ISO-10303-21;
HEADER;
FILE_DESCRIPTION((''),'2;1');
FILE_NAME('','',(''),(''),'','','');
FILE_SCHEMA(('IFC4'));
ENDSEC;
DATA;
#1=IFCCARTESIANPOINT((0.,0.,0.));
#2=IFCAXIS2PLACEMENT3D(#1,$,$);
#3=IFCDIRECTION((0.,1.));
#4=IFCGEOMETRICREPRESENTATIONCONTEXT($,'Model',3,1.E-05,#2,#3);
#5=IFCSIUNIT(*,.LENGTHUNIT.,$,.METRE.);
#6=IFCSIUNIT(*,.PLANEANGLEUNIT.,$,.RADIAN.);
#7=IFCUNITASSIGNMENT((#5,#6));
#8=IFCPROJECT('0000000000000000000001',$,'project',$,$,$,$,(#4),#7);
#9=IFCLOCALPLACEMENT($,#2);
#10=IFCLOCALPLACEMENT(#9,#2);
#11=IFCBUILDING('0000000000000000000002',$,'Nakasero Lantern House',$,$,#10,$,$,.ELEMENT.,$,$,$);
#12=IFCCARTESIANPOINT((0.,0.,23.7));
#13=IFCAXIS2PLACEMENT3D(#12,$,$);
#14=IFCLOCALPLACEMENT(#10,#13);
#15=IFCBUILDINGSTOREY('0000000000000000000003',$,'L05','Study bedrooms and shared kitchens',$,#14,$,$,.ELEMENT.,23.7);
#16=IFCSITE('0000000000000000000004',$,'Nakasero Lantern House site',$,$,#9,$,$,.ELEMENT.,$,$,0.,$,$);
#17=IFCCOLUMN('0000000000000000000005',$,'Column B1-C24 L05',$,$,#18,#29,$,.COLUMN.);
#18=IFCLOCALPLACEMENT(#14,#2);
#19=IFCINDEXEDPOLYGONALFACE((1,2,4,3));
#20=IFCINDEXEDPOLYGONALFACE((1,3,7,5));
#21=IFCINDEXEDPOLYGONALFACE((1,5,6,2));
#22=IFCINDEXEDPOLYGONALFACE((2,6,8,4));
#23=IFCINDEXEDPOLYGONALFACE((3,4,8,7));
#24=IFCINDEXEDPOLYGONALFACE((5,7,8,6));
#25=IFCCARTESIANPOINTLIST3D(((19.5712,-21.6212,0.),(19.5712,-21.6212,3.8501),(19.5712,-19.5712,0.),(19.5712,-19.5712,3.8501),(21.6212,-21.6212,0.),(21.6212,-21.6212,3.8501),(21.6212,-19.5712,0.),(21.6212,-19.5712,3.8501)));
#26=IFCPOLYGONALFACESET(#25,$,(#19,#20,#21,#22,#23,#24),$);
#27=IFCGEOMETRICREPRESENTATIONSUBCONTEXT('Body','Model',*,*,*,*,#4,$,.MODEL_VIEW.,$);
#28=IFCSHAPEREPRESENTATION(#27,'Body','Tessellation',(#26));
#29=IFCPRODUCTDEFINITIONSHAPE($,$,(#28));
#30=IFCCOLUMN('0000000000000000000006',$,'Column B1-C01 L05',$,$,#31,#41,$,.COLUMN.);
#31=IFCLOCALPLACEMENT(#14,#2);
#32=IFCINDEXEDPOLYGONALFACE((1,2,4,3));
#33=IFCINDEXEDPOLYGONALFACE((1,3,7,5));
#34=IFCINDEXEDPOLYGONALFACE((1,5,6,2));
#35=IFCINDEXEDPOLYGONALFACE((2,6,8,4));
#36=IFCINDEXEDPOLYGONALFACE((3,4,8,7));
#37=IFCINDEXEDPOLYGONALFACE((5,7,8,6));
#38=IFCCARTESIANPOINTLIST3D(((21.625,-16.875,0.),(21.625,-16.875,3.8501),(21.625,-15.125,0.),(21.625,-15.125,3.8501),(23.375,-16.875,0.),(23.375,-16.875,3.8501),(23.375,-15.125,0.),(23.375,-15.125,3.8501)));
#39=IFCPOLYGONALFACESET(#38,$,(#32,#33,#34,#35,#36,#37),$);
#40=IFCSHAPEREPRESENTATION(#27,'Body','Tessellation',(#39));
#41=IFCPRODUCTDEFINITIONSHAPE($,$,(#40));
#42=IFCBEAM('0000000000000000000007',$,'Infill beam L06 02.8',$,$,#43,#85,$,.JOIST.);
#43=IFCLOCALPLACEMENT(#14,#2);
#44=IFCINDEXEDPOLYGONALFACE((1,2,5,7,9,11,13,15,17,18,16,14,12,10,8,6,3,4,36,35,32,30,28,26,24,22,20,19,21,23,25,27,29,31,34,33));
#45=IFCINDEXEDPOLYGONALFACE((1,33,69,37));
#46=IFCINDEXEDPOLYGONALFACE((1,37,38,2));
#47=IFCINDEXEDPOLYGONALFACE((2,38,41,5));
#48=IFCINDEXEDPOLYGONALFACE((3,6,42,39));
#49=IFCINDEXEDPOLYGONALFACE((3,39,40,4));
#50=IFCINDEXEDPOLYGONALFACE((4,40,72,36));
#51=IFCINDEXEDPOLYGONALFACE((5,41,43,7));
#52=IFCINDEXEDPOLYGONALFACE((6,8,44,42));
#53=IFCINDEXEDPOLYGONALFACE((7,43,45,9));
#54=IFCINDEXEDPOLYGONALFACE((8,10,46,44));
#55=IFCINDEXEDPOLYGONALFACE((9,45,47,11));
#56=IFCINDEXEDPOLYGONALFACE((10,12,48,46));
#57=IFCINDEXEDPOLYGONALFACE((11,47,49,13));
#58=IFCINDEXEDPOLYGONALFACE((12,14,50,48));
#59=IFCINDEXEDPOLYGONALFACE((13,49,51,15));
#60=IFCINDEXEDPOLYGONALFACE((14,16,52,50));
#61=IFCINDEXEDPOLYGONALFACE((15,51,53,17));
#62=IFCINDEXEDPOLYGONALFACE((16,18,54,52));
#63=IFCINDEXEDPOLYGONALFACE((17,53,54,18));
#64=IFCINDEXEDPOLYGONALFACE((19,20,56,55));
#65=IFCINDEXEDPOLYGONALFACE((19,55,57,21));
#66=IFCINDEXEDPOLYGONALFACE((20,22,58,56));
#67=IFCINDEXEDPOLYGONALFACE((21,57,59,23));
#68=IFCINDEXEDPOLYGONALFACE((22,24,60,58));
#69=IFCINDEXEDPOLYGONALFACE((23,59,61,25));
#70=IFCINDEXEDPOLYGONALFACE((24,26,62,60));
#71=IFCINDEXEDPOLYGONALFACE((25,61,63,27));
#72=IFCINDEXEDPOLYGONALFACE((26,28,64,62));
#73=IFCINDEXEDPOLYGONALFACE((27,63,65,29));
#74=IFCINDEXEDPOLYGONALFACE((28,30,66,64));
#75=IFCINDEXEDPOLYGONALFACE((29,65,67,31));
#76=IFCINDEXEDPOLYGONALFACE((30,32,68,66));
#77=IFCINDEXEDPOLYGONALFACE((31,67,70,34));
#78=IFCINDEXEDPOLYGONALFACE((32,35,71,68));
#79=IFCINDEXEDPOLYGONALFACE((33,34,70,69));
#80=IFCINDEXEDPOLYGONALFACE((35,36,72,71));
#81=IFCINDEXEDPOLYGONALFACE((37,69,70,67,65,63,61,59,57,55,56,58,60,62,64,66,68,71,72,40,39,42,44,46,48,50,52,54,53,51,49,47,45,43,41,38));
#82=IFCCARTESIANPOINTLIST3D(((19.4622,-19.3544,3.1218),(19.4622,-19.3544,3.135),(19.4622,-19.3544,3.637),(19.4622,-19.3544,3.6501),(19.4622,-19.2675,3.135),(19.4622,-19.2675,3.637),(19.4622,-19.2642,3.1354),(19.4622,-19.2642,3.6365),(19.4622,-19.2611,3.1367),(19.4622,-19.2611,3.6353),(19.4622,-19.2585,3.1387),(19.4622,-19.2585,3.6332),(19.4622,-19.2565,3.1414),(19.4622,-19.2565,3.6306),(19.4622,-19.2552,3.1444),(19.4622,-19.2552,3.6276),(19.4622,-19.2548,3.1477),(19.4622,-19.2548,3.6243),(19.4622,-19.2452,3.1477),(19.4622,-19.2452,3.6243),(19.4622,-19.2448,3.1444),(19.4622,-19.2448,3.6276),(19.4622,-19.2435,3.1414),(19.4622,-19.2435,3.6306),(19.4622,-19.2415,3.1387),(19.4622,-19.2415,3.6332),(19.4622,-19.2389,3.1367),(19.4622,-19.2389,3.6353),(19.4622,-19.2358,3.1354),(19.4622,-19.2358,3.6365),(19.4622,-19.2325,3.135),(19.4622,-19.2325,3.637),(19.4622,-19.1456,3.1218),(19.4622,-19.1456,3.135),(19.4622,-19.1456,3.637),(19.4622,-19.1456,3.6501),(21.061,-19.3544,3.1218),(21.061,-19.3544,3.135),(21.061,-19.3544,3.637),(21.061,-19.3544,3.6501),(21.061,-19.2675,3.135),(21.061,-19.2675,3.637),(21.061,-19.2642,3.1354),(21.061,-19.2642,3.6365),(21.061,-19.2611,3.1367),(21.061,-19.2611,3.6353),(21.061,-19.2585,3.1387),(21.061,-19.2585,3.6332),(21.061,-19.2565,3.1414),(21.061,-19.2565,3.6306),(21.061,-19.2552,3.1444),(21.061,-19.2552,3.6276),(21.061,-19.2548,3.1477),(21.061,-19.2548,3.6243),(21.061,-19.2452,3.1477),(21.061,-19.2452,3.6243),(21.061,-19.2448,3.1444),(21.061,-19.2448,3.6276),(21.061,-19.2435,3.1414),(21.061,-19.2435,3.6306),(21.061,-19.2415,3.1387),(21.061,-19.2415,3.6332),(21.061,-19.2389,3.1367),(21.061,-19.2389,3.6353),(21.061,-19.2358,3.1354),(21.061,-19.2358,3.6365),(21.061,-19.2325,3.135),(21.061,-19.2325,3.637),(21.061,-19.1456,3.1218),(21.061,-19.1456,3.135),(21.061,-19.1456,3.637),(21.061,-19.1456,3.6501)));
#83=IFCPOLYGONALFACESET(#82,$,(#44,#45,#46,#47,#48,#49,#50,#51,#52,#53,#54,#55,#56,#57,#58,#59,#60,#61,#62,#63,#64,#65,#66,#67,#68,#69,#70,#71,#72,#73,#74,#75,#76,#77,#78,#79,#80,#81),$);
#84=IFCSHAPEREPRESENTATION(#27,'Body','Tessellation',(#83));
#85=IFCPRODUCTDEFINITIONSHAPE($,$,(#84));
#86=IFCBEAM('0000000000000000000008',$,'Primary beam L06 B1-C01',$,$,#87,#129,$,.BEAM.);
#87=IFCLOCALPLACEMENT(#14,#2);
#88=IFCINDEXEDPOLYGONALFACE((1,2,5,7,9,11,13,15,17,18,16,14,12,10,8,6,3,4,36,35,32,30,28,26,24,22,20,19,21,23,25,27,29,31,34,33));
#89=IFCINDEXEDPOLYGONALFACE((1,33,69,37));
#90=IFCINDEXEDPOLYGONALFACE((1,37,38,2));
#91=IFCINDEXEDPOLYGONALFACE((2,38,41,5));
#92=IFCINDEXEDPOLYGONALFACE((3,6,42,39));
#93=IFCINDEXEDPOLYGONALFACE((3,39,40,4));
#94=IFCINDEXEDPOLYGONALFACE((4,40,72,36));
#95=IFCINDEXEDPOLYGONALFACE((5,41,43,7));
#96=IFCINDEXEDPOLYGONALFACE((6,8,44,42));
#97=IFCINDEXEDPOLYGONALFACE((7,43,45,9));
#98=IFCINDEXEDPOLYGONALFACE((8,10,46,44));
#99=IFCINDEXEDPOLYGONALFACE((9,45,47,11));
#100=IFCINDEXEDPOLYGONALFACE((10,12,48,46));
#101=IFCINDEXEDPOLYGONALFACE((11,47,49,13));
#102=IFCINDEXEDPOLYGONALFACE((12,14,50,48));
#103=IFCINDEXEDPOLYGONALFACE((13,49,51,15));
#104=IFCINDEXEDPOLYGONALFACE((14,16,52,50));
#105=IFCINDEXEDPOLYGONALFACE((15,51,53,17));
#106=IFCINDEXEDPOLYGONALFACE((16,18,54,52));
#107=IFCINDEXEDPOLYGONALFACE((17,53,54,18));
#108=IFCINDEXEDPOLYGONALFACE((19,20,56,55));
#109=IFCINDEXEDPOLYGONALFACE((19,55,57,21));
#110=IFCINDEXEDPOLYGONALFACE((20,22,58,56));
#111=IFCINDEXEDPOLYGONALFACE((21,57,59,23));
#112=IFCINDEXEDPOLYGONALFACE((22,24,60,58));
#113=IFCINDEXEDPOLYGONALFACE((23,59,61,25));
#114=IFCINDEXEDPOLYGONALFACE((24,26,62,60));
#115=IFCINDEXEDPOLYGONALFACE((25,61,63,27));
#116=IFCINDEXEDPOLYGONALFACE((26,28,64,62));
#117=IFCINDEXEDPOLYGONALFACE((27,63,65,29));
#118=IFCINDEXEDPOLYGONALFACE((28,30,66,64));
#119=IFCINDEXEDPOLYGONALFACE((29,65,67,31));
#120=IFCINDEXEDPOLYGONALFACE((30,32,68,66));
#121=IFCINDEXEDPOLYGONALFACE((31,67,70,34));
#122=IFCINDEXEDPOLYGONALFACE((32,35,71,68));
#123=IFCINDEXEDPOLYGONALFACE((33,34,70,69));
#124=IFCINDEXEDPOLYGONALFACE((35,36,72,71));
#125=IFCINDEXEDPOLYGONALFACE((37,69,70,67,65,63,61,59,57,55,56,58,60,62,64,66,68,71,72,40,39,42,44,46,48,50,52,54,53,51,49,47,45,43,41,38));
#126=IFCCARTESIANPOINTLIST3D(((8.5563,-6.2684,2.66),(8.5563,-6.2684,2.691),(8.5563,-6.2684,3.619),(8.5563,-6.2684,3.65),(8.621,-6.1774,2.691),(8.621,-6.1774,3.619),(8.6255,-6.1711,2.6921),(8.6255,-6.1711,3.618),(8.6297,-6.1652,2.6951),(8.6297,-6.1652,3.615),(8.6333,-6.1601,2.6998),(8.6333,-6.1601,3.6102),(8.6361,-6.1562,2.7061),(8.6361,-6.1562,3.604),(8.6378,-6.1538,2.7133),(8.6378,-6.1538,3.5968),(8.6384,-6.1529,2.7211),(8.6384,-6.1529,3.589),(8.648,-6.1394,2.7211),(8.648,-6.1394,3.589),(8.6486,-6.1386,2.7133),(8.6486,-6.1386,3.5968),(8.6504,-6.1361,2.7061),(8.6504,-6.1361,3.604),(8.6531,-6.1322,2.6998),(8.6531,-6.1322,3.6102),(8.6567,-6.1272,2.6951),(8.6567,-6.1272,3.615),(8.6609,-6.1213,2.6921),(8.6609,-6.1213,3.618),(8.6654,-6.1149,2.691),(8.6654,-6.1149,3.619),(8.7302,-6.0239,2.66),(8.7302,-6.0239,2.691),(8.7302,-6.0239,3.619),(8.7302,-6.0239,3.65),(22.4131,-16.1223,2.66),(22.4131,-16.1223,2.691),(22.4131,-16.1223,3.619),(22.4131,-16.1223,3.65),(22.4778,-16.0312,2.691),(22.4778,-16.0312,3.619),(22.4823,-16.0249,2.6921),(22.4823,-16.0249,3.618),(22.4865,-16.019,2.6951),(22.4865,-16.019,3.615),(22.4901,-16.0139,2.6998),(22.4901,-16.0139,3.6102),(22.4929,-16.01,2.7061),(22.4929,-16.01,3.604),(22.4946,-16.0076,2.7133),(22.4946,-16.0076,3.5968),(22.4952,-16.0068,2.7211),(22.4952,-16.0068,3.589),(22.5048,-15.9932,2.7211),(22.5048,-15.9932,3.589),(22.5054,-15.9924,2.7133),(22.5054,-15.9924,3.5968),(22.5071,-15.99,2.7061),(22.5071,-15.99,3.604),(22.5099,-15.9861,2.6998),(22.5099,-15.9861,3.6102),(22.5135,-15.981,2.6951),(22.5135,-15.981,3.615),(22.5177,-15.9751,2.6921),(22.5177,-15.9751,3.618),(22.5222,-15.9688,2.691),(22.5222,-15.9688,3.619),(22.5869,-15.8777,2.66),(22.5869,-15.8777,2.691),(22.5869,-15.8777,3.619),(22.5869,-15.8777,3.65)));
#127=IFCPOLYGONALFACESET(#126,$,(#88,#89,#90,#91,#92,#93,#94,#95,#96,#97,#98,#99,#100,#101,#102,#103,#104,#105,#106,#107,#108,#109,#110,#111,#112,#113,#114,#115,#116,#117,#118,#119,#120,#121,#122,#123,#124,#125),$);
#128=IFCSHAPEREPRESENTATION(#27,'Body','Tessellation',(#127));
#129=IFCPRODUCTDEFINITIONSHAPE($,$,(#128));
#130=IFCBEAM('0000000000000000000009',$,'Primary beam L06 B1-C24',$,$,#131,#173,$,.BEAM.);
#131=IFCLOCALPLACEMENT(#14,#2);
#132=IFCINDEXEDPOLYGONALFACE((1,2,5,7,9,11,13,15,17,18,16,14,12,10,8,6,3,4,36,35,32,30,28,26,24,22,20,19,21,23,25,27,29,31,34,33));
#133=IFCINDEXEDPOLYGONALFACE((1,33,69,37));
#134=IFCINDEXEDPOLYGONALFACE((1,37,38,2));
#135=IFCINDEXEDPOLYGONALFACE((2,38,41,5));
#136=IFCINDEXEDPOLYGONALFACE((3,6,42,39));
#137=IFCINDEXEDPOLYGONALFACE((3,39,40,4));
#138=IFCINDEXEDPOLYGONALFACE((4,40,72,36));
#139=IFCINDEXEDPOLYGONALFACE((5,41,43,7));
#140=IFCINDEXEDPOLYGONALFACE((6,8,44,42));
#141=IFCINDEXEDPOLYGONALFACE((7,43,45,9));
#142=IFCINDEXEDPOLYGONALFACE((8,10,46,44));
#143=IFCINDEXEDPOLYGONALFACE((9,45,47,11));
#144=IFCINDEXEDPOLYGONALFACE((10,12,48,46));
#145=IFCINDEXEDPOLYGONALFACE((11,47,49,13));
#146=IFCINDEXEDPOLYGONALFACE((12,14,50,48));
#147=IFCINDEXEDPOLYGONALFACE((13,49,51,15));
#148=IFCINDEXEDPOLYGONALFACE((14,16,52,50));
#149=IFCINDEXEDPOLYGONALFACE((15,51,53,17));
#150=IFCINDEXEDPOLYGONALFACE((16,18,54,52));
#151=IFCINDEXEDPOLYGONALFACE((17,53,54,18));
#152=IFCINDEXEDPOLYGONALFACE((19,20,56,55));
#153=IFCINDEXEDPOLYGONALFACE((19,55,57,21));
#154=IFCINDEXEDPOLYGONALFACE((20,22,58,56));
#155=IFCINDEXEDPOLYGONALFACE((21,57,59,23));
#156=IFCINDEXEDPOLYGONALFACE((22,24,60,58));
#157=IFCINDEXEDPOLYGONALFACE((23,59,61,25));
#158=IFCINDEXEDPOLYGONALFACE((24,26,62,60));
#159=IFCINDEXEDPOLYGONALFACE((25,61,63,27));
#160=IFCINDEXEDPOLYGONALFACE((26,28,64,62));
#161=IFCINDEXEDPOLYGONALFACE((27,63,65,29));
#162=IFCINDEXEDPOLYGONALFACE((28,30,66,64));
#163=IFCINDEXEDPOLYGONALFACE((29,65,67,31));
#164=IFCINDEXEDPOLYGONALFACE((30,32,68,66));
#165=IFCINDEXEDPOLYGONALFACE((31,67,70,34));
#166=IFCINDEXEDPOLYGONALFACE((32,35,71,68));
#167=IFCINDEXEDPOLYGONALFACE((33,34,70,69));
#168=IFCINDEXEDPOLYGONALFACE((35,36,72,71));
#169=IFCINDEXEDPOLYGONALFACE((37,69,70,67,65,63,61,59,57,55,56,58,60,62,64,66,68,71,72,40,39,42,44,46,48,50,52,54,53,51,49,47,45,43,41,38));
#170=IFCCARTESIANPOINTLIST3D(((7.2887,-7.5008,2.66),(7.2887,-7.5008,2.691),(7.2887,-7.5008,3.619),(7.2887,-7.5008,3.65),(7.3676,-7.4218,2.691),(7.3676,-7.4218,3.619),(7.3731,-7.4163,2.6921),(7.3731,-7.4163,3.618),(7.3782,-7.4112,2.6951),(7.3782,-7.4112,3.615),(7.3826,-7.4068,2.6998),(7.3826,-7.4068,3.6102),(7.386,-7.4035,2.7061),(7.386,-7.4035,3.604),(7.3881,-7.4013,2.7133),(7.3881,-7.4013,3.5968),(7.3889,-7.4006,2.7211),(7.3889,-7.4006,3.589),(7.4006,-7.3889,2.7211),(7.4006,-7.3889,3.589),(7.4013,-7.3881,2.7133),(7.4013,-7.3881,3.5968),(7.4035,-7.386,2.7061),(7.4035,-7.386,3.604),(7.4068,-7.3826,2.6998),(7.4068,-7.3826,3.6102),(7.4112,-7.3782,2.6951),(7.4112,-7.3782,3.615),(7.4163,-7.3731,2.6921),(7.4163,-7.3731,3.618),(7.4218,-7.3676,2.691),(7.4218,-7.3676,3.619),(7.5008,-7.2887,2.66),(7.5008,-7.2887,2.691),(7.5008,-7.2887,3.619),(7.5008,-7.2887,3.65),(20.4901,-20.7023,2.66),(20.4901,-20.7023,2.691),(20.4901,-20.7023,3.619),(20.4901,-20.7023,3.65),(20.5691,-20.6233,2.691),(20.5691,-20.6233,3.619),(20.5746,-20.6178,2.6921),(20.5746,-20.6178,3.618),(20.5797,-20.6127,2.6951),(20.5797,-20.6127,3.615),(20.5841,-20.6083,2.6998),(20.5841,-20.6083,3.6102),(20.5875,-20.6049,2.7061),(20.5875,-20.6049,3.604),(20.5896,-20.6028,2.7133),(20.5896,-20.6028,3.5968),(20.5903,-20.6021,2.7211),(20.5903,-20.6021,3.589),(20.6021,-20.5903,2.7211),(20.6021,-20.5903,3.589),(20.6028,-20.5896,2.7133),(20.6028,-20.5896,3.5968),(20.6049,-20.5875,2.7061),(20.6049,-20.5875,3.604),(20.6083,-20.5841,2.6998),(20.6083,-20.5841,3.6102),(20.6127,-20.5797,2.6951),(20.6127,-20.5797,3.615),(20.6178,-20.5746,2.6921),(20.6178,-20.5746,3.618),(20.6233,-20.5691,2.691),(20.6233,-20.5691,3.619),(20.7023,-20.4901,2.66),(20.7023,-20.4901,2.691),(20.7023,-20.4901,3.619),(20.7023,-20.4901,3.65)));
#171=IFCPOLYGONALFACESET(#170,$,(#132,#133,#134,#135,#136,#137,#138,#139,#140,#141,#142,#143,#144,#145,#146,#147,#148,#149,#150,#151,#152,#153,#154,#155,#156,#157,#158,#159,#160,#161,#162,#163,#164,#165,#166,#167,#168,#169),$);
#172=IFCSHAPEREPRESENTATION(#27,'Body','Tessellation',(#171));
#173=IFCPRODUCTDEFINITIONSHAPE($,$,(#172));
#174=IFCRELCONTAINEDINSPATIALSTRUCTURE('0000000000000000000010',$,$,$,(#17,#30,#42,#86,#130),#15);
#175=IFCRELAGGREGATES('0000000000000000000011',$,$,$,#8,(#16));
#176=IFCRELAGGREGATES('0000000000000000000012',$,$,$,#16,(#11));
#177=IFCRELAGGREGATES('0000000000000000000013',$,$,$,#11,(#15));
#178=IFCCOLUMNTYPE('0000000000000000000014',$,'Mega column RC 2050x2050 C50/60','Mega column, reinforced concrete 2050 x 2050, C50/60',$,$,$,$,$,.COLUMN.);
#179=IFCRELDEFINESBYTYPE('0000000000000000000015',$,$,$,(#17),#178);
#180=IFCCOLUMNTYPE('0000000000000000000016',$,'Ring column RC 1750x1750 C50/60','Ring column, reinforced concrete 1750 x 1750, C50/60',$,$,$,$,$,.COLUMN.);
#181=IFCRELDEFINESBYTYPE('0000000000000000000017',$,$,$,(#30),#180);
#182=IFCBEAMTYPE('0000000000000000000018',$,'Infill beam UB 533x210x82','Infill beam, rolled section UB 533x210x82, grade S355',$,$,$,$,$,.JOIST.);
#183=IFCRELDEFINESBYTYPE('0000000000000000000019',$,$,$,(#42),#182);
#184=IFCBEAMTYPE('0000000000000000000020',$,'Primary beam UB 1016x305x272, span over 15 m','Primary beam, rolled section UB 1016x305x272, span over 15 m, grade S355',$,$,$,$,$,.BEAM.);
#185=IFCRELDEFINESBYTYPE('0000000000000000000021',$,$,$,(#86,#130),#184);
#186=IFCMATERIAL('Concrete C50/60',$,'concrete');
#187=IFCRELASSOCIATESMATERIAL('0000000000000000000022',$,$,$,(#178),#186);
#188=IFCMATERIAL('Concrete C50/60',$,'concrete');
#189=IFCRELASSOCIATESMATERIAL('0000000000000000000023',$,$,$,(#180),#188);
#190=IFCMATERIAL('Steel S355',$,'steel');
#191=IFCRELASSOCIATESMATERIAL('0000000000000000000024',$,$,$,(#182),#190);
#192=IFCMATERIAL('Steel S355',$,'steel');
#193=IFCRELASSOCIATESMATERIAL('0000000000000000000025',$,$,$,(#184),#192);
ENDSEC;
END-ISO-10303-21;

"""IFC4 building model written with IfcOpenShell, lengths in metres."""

from ifc_helpers import new_model, si_unit, direction, frame, origin, origin_2d, place, context, subcontext, project, spatial, rectangle, i_section, extrude, material, material_profile, profile_set, type_object, element, save


model = new_model("IFC4")

# Units and contexts
model_context = context("Model", 3, precision=1e-05, world=origin(), true_north=direction((0.0, 1.0)))
body_context = subcontext(model_context, "Body", "Model", "MODEL_VIEW")
ifc_project = project(units=[si_unit("LENGTHUNIT", "METRE"), si_unit("PLANEANGLEUNIT", "RADIAN")], contexts=[model_context])

# Site, building, storey
site_placement = place(None, origin())
site = spatial("IfcSite", under=ifc_project, at=site_placement, Name="Nakasero Lantern House site", CompositionType="ELEMENT", RefElevation=0.0)
building_placement = place(site_placement, origin())
building = spatial("IfcBuilding", under=site, at=building_placement, Name="Nakasero Lantern House", CompositionType="ELEMENT")
storey_placement = place(building_placement, frame((0.0, 0.0, 23.7)))
storey = spatial("IfcBuildingStorey", under=building, at=storey_placement, Name="L05", Description="Study bedrooms and shared kitchens", CompositionType="ELEMENT", Elevation=23.7)

# Columns
ifc_material_1 = material(Name="Concrete C50/60", Category="concrete")
ifc_material_profile_1 = material_profile(ifc_material_1, rectangle(XDim=2.05, YDim=2.05, at=origin_2d()), Name="RC 2050x2050")
ifc_profile_set_1 = profile_set([ifc_material_profile_1], Name="Concrete C50/60")
column_type_1 = type_object("IfcColumnType", Name="Mega column RC 2050x2050 C50/60", Description="Mega column, reinforced concrete 2050 x 2050, C50/60", PredefinedType="COLUMN", material=ifc_profile_set_1)
column_1_placement = place(storey_placement, frame((20.5962, -20.5962, 0.0), z_axis=(0.0, 0.0, 1.0), x_axis=(1.0, 0.0, 0.0)))
element("IfcColumn", 1, at=column_1_placement, inside=storey, type_object=column_type_1, Name="Column B1-C24 L05", PredefinedType="COLUMN", context=body_context, shape_type="SweptSolid", body=[
    extrude(rectangle(XDim=2.05, YDim=2.05, at=origin_2d()), origin(), (0.0, 0.0, 1.0), 3.8501),
])
ifc_material_2 = material(Name="Concrete C50/60", Category="concrete")
ifc_material_profile_2 = material_profile(ifc_material_2, rectangle(XDim=1.75, YDim=1.75, at=origin_2d()), Name="RC 1750x1750")
ifc_profile_set_2 = profile_set([ifc_material_profile_2], Name="Concrete C50/60")
column_type_2 = type_object("IfcColumnType", Name="Ring column RC 1750x1750 C50/60", Description="Ring column, reinforced concrete 1750 x 1750, C50/60", PredefinedType="COLUMN", material=ifc_profile_set_2)
column_2_placement = place(storey_placement, frame((22.5, -16.0, 0.0), z_axis=(0.0, 0.0, 1.0), x_axis=(1.0, 0.0, 0.0)))
element("IfcColumn", 2, at=column_2_placement, inside=storey, type_object=column_type_2, Name="Column B1-C01 L05", PredefinedType="COLUMN", context=body_context, shape_type="SweptSolid", body=[
    extrude(rectangle(XDim=1.75, YDim=1.75, at=origin_2d()), origin(), (0.0, 0.0, 1.0), 3.8501),
])

# Beams
ifc_material_3 = material(Name="Steel S355", Category="steel")
ifc_material_profile_3 = material_profile(ifc_material_3, i_section(OverallWidth=0.2087, OverallDepth=0.5283, WebThickness=0.0095, FlangeThickness=0.0132, FilletRadius=0.0127, at=origin_2d()), Name="UB 533x210x82")
ifc_profile_set_3 = profile_set([ifc_material_profile_3], Name="Steel S355")
beam_type_1 = type_object("IfcBeamType", Name="Infill beam UB 533x210x82", Description="Infill beam, rolled section UB 533x210x82, grade S355", PredefinedType="JOIST", material=ifc_profile_set_3)
beam_1_placement = place(storey_placement, frame((19.4622, -19.25, 3.386), z_axis=(1.0, 0.0, 0.0), x_axis=(0.0, 1.0, 0.0)))
element("IfcBeam", 3, at=beam_1_placement, inside=storey, type_object=beam_type_1, Name="Infill beam L06 02.8", PredefinedType="JOIST", context=body_context, shape_type="SweptSolid", body=[
    extrude(i_section(OverallWidth=0.2087, OverallDepth=0.5283, WebThickness=0.0095, FlangeThickness=0.0132, FilletRadius=0.0127, at=origin_2d()), origin(), (0.0, 0.0, 1.0), 1.5989),
])
ifc_material_4 = material(Name="Steel S355", Category="steel")
ifc_material_profile_4 = material_profile(ifc_material_4, i_section(OverallWidth=0.3, OverallDepth=0.99, WebThickness=0.0166, FlangeThickness=0.031, FilletRadius=0.03, at=origin_2d()), Name="UB 1016x305x272")
ifc_profile_set_4 = profile_set([ifc_material_profile_4], Name="Steel S355")
beam_type_2 = type_object("IfcBeamType", Name="Primary beam UB 1016x305x272, span over 15 m", Description="Primary beam, rolled section UB 1016x305x272, span over 15 m, grade S355", PredefinedType="BEAM", material=ifc_profile_set_4)
beam_2_placement = place(storey_placement, frame((22.5, -16.0, 3.155), z_axis=(-0.814952, 0.579528, 0.0), x_axis=(-0.579528, -0.814952, 0.0)))
element("IfcBeam", 4, at=beam_2_placement, inside=storey, type_object=beam_type_2, Name="Primary beam L06 B1-C01", PredefinedType="BEAM", context=body_context, shape_type="SweptSolid", body=[
    extrude(i_section(OverallWidth=0.3, OverallDepth=0.99, WebThickness=0.0166, FlangeThickness=0.031, FilletRadius=0.03, at=origin_2d()), origin(), (0.0, 0.0, 1.0), 17.0032),
])
beam_3_placement = place(storey_placement, frame((20.5962, -20.5962, 3.155), z_axis=(-0.707107, 0.707107, 0.0), x_axis=(-0.707107, -0.707107, 0.0)))
element("IfcBeam", 5, at=beam_3_placement, inside=storey, type_object=beam_type_2, Name="Primary beam L06 B1-C24", PredefinedType="BEAM", context=body_context, shape_type="SweptSolid", body=[
    extrude(i_section(OverallWidth=0.3, OverallDepth=0.99, WebThickness=0.0166, FlangeThickness=0.031, FilletRadius=0.03, at=origin_2d()), origin(), (0.0, 0.0, 1.0), 18.6697),
])

save(model, "model.ifc")
